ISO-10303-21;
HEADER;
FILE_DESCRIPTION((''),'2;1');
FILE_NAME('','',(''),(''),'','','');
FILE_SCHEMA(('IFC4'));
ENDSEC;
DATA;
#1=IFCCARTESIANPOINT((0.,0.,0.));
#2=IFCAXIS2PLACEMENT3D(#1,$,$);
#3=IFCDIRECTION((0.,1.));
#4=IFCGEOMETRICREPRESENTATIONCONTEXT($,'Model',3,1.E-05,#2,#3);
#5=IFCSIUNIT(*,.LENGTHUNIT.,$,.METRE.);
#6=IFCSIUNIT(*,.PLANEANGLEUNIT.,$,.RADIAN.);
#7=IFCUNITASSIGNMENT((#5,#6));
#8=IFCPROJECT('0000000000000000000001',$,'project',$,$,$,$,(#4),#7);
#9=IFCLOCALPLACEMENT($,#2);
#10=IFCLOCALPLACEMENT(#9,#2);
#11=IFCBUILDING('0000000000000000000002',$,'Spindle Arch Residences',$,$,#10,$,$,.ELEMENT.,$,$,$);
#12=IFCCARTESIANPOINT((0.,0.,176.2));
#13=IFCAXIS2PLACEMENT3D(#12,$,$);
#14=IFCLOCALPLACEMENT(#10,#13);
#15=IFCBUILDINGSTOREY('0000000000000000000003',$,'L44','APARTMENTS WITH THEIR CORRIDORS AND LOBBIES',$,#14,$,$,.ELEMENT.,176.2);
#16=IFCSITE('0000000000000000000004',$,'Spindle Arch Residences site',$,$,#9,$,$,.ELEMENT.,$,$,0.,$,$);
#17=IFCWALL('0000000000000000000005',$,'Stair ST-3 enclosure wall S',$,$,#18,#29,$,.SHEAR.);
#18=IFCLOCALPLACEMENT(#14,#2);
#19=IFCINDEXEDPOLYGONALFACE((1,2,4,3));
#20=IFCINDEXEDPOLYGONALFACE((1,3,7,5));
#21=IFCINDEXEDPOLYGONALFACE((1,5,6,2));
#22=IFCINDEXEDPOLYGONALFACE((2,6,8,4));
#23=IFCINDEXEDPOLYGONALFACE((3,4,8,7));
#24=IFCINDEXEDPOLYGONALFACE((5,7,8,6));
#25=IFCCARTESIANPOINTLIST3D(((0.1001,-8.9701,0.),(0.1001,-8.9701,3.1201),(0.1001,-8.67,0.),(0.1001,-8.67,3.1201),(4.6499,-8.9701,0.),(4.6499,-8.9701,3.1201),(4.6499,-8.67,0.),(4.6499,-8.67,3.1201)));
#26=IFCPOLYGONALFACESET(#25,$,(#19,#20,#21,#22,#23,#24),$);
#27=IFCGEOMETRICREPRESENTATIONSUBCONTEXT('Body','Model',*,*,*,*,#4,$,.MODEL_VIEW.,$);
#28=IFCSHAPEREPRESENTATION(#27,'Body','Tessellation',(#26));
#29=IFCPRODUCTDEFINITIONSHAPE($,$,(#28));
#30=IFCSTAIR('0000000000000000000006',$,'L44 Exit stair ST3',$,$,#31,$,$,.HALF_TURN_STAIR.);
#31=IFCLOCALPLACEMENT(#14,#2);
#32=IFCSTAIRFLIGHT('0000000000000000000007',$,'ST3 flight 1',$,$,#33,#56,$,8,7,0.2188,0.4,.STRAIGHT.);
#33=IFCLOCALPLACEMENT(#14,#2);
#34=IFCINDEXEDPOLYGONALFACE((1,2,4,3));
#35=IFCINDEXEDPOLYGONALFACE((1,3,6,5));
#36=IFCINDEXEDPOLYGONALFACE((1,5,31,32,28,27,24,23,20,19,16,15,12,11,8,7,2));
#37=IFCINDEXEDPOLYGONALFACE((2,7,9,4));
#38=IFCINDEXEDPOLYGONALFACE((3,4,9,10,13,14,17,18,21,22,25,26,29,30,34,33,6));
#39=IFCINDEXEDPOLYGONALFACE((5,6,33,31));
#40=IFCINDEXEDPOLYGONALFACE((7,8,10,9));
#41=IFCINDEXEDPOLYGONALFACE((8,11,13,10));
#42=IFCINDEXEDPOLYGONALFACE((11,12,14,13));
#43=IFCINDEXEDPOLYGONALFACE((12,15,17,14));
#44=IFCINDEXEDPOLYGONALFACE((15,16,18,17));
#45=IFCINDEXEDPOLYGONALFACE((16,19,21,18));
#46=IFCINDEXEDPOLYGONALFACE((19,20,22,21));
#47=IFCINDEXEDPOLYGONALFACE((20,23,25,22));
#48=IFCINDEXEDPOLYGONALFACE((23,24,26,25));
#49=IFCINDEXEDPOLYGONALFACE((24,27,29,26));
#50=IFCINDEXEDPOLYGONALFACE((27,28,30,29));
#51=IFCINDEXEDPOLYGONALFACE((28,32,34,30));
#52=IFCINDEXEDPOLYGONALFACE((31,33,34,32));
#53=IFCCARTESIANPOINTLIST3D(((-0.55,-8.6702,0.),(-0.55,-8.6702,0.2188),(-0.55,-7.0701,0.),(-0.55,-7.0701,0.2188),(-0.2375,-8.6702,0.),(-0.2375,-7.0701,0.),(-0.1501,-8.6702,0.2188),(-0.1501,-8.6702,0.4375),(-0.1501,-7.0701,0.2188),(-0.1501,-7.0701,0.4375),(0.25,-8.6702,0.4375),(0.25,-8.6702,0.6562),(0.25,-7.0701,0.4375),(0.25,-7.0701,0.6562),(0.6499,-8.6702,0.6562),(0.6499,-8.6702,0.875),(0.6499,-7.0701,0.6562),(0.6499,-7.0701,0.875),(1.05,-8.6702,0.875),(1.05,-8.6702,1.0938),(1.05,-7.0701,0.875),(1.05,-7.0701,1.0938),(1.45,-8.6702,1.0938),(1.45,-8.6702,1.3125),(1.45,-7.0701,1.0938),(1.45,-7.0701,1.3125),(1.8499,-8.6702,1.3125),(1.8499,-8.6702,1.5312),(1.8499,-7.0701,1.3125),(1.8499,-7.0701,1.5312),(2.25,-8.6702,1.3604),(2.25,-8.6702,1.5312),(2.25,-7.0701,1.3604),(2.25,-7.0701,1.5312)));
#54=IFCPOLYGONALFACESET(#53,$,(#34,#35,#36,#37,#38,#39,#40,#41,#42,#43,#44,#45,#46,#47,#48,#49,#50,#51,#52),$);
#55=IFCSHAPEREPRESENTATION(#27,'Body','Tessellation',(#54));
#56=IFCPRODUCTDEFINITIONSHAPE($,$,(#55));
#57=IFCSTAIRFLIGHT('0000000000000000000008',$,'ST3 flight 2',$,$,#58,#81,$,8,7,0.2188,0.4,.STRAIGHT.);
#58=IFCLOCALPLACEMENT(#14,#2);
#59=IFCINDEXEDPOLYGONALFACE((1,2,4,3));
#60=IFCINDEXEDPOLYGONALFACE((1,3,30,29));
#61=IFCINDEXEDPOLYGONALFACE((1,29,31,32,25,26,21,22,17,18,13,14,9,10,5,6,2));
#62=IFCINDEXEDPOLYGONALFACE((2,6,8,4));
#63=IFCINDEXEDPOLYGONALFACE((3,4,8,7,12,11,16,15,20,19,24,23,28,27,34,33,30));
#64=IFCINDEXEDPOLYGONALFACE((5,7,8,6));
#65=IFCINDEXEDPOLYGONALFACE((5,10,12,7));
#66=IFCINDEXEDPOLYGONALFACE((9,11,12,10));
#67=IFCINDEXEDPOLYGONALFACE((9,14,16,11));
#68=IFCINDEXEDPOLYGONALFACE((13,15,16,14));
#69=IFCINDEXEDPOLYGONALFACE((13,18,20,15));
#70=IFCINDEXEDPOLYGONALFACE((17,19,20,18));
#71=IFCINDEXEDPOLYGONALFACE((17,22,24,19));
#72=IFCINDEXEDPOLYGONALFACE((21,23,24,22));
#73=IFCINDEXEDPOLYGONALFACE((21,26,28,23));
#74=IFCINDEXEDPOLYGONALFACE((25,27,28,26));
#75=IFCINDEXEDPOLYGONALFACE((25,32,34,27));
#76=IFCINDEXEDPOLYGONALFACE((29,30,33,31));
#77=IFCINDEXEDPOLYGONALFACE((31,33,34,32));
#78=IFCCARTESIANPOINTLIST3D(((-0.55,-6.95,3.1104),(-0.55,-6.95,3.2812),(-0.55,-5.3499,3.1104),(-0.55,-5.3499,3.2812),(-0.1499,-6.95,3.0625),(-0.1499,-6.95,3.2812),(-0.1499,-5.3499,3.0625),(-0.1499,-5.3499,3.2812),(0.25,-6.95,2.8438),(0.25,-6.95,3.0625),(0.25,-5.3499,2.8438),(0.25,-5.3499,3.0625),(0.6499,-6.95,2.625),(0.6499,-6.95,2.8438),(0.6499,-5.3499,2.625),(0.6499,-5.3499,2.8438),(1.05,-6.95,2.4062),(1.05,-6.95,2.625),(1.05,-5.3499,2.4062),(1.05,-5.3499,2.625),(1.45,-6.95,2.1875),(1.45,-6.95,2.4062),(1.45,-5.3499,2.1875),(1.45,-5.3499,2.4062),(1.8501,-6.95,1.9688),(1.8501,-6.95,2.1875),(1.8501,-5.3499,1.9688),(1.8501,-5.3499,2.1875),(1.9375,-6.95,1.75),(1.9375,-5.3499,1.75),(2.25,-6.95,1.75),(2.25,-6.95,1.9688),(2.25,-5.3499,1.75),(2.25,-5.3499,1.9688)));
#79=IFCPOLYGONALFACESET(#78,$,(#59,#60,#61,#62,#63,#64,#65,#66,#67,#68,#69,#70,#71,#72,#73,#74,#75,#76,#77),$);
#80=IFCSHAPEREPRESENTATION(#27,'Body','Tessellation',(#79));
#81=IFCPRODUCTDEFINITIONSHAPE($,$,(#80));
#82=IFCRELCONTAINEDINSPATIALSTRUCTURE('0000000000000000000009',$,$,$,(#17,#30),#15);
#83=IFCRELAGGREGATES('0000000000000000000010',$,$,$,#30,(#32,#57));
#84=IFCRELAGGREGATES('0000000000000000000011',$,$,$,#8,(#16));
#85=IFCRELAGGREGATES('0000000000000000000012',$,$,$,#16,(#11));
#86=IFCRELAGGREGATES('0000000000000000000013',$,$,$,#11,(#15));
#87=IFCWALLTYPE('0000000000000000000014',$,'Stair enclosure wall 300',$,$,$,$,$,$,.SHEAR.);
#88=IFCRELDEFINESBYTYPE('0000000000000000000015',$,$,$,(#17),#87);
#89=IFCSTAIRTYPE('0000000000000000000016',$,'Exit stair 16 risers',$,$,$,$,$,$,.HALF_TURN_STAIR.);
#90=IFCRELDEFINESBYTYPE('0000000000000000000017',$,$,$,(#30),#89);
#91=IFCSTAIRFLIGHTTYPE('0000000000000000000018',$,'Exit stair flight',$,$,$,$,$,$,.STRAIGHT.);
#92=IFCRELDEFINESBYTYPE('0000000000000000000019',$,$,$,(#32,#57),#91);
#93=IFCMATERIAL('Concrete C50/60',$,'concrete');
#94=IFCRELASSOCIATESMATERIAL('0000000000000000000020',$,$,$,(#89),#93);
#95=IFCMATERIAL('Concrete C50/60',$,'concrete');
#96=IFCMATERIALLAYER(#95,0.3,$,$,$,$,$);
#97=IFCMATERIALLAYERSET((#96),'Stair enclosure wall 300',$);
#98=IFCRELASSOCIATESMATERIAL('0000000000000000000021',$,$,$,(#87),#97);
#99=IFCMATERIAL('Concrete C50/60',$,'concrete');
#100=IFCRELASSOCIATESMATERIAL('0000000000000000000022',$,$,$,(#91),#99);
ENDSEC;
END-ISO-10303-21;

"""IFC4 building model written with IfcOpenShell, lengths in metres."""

from ifc_helpers import new_model, si_unit, direction, frame, frame_2d, origin, place, context, subcontext, project, spatial, polyline, rectangle, outline, extrude, material, layer, layer_set, type_object, element, aggregate, save


model = new_model("IFC4")

# Units and contexts
model_context = context("Model", 3, precision=1e-05, world=origin(), true_north=direction((0.0, 1.0)))
body_context = subcontext(model_context, "Body", "Model", "MODEL_VIEW")
ifc_project = project(units=[si_unit("LENGTHUNIT", "METRE"), si_unit("PLANEANGLEUNIT", "RADIAN")], contexts=[model_context])

# Site, building, storey
site_placement = place(None, origin())
site = spatial("IfcSite", under=ifc_project, at=site_placement, Name="Spindle Arch Residences site", CompositionType="ELEMENT", RefElevation=0.0)
building_placement = place(site_placement, origin())
building = spatial("IfcBuilding", under=site, at=building_placement, Name="Spindle Arch Residences", CompositionType="ELEMENT")
storey_placement = place(building_placement, frame((0.0, 0.0, 176.2)))
storey = spatial("IfcBuildingStorey", under=building, at=storey_placement, Name="L44", Description="APARTMENTS WITH THEIR CORRIDORS AND LOBBIES", CompositionType="ELEMENT", Elevation=176.2)

# Shared definitions
ifc_material_1 = material(Name="Concrete C50/60", Category="concrete")
stair_type = type_object("IfcStairType", Name="Exit stair 16 risers", PredefinedType="HALF_TURN_STAIR", material=ifc_material_1)

# Wall
ifc_material_2 = material(Name="Concrete C50/60", Category="concrete")
ifc_layer_1 = layer(ifc_material_2, 0.3)
ifc_layer_set_1 = layer_set([ifc_layer_1], Name="Stair enclosure wall 300")
wall_type_1 = type_object("IfcWallType", Name="Stair enclosure wall 300", PredefinedType="SHEAR", material=ifc_layer_set_1)
wall_1_placement = place(storey_placement, frame((0.1001, -8.8201, 0.0), z_axis=(0.0, 0.0, 1.0), x_axis=(1.0, 0.0, 0.0)))
element("IfcWall", 1, at=wall_1_placement, inside=storey, type_object=wall_type_1, Name="Stair ST-3 enclosure wall S", PredefinedType="SHEAR", context=body_context, shape_type="SweptSolid", body=[
    extrude(rectangle(XDim=4.5498, YDim=0.3, at=frame_2d((2.2749, 0.0))), origin(), (0.0, 0.0, 1.0), 3.1201),
])

# Stair, stair flights
stair_1_placement = place(storey_placement, origin())
stair_1 = element("IfcStair", 2, at=stair_1_placement, inside=storey, type_object=stair_type, Name="L44 Exit stair ST3", PredefinedType="HALF_TURN_STAIR")
ifc_material_3 = material(Name="Concrete C50/60", Category="concrete")
stair_flight_type = type_object("IfcStairFlightType", Name="Exit stair flight", PredefinedType="STRAIGHT", material=ifc_material_3)
stair_flight_1_placement = place(storey_placement, frame((-0.55, -7.8701, 0.0), z_axis=(0.0, 0.0, 1.0), x_axis=(1.0, 0.0, 0.0)))
stair_flight_1 = element("IfcStairFlight", 3, at=stair_flight_1_placement, type_object=stair_flight_type, Name="ST3 flight 1", NumberOfRisers=8, NumberOfTreads=7, PredefinedType="STRAIGHT", RiserHeight=0.2188, TreadLength=0.4, context=body_context, shape_type="SweptSolid", body=[
    extrude(outline(polyline([(0.0, 0.0), (0.0, 0.2188), (0.3999, 0.2188), (0.3999, 0.4375), (0.8, 0.4375), (0.8, 0.6562), (1.2, 0.6562), (1.2, 0.875), (1.6001, 0.875), (1.6001, 1.0938), (2.0, 1.0938), (2.0, 1.3125), (2.3999, 1.3125), (2.3999, 1.5312), (2.8, 1.5312), (2.8, 1.75), (2.8, 1.3604), (0.3125, 0.0), (0.0, 0.0)])), frame((0.0, 0.8, 0.0), z_axis=(0.0, -1.0, 0.0), x_axis=(1.0, 0.0, 0.0)), (0.0, 0.0, 1.0), 1.6001),
])
stair_flight_2_placement = place(storey_placement, frame((2.25, -6.1499, 1.75), z_axis=(0.0, 0.0, 1.0), x_axis=(-1.0, 0.0, 0.0)))
stair_flight_2 = element("IfcStairFlight", 4, at=stair_flight_2_placement, type_object=stair_flight_type, Name="ST3 flight 2", NumberOfRisers=8, NumberOfTreads=7, PredefinedType="STRAIGHT", RiserHeight=0.2188, TreadLength=0.4, context=body_context, shape_type="SweptSolid", body=[
    extrude(outline(polyline([(0.0, 0.0), (0.0, 0.2188), (0.3999, 0.2188), (0.3999, 0.4375), (0.8, 0.4375), (0.8, 0.6562), (1.2, 0.6562), (1.2, 0.875), (1.6001, 0.875), (1.6001, 1.0938), (2.0, 1.0938), (2.0, 1.3125), (2.3999, 1.3125), (2.3999, 1.5312), (2.8, 1.5312), (2.8, 1.75), (2.8, 1.3604), (0.3125, 0.0), (0.0, 0.0)])), frame((0.0, 0.8, 0.0), z_axis=(0.0, -1.0, 0.0), x_axis=(1.0, 0.0, 0.0)), (0.0, 0.0, 1.0), 1.6001),
])
aggregate(stair_1, [stair_flight_1, stair_flight_2])

save(model, "model.ifc")
